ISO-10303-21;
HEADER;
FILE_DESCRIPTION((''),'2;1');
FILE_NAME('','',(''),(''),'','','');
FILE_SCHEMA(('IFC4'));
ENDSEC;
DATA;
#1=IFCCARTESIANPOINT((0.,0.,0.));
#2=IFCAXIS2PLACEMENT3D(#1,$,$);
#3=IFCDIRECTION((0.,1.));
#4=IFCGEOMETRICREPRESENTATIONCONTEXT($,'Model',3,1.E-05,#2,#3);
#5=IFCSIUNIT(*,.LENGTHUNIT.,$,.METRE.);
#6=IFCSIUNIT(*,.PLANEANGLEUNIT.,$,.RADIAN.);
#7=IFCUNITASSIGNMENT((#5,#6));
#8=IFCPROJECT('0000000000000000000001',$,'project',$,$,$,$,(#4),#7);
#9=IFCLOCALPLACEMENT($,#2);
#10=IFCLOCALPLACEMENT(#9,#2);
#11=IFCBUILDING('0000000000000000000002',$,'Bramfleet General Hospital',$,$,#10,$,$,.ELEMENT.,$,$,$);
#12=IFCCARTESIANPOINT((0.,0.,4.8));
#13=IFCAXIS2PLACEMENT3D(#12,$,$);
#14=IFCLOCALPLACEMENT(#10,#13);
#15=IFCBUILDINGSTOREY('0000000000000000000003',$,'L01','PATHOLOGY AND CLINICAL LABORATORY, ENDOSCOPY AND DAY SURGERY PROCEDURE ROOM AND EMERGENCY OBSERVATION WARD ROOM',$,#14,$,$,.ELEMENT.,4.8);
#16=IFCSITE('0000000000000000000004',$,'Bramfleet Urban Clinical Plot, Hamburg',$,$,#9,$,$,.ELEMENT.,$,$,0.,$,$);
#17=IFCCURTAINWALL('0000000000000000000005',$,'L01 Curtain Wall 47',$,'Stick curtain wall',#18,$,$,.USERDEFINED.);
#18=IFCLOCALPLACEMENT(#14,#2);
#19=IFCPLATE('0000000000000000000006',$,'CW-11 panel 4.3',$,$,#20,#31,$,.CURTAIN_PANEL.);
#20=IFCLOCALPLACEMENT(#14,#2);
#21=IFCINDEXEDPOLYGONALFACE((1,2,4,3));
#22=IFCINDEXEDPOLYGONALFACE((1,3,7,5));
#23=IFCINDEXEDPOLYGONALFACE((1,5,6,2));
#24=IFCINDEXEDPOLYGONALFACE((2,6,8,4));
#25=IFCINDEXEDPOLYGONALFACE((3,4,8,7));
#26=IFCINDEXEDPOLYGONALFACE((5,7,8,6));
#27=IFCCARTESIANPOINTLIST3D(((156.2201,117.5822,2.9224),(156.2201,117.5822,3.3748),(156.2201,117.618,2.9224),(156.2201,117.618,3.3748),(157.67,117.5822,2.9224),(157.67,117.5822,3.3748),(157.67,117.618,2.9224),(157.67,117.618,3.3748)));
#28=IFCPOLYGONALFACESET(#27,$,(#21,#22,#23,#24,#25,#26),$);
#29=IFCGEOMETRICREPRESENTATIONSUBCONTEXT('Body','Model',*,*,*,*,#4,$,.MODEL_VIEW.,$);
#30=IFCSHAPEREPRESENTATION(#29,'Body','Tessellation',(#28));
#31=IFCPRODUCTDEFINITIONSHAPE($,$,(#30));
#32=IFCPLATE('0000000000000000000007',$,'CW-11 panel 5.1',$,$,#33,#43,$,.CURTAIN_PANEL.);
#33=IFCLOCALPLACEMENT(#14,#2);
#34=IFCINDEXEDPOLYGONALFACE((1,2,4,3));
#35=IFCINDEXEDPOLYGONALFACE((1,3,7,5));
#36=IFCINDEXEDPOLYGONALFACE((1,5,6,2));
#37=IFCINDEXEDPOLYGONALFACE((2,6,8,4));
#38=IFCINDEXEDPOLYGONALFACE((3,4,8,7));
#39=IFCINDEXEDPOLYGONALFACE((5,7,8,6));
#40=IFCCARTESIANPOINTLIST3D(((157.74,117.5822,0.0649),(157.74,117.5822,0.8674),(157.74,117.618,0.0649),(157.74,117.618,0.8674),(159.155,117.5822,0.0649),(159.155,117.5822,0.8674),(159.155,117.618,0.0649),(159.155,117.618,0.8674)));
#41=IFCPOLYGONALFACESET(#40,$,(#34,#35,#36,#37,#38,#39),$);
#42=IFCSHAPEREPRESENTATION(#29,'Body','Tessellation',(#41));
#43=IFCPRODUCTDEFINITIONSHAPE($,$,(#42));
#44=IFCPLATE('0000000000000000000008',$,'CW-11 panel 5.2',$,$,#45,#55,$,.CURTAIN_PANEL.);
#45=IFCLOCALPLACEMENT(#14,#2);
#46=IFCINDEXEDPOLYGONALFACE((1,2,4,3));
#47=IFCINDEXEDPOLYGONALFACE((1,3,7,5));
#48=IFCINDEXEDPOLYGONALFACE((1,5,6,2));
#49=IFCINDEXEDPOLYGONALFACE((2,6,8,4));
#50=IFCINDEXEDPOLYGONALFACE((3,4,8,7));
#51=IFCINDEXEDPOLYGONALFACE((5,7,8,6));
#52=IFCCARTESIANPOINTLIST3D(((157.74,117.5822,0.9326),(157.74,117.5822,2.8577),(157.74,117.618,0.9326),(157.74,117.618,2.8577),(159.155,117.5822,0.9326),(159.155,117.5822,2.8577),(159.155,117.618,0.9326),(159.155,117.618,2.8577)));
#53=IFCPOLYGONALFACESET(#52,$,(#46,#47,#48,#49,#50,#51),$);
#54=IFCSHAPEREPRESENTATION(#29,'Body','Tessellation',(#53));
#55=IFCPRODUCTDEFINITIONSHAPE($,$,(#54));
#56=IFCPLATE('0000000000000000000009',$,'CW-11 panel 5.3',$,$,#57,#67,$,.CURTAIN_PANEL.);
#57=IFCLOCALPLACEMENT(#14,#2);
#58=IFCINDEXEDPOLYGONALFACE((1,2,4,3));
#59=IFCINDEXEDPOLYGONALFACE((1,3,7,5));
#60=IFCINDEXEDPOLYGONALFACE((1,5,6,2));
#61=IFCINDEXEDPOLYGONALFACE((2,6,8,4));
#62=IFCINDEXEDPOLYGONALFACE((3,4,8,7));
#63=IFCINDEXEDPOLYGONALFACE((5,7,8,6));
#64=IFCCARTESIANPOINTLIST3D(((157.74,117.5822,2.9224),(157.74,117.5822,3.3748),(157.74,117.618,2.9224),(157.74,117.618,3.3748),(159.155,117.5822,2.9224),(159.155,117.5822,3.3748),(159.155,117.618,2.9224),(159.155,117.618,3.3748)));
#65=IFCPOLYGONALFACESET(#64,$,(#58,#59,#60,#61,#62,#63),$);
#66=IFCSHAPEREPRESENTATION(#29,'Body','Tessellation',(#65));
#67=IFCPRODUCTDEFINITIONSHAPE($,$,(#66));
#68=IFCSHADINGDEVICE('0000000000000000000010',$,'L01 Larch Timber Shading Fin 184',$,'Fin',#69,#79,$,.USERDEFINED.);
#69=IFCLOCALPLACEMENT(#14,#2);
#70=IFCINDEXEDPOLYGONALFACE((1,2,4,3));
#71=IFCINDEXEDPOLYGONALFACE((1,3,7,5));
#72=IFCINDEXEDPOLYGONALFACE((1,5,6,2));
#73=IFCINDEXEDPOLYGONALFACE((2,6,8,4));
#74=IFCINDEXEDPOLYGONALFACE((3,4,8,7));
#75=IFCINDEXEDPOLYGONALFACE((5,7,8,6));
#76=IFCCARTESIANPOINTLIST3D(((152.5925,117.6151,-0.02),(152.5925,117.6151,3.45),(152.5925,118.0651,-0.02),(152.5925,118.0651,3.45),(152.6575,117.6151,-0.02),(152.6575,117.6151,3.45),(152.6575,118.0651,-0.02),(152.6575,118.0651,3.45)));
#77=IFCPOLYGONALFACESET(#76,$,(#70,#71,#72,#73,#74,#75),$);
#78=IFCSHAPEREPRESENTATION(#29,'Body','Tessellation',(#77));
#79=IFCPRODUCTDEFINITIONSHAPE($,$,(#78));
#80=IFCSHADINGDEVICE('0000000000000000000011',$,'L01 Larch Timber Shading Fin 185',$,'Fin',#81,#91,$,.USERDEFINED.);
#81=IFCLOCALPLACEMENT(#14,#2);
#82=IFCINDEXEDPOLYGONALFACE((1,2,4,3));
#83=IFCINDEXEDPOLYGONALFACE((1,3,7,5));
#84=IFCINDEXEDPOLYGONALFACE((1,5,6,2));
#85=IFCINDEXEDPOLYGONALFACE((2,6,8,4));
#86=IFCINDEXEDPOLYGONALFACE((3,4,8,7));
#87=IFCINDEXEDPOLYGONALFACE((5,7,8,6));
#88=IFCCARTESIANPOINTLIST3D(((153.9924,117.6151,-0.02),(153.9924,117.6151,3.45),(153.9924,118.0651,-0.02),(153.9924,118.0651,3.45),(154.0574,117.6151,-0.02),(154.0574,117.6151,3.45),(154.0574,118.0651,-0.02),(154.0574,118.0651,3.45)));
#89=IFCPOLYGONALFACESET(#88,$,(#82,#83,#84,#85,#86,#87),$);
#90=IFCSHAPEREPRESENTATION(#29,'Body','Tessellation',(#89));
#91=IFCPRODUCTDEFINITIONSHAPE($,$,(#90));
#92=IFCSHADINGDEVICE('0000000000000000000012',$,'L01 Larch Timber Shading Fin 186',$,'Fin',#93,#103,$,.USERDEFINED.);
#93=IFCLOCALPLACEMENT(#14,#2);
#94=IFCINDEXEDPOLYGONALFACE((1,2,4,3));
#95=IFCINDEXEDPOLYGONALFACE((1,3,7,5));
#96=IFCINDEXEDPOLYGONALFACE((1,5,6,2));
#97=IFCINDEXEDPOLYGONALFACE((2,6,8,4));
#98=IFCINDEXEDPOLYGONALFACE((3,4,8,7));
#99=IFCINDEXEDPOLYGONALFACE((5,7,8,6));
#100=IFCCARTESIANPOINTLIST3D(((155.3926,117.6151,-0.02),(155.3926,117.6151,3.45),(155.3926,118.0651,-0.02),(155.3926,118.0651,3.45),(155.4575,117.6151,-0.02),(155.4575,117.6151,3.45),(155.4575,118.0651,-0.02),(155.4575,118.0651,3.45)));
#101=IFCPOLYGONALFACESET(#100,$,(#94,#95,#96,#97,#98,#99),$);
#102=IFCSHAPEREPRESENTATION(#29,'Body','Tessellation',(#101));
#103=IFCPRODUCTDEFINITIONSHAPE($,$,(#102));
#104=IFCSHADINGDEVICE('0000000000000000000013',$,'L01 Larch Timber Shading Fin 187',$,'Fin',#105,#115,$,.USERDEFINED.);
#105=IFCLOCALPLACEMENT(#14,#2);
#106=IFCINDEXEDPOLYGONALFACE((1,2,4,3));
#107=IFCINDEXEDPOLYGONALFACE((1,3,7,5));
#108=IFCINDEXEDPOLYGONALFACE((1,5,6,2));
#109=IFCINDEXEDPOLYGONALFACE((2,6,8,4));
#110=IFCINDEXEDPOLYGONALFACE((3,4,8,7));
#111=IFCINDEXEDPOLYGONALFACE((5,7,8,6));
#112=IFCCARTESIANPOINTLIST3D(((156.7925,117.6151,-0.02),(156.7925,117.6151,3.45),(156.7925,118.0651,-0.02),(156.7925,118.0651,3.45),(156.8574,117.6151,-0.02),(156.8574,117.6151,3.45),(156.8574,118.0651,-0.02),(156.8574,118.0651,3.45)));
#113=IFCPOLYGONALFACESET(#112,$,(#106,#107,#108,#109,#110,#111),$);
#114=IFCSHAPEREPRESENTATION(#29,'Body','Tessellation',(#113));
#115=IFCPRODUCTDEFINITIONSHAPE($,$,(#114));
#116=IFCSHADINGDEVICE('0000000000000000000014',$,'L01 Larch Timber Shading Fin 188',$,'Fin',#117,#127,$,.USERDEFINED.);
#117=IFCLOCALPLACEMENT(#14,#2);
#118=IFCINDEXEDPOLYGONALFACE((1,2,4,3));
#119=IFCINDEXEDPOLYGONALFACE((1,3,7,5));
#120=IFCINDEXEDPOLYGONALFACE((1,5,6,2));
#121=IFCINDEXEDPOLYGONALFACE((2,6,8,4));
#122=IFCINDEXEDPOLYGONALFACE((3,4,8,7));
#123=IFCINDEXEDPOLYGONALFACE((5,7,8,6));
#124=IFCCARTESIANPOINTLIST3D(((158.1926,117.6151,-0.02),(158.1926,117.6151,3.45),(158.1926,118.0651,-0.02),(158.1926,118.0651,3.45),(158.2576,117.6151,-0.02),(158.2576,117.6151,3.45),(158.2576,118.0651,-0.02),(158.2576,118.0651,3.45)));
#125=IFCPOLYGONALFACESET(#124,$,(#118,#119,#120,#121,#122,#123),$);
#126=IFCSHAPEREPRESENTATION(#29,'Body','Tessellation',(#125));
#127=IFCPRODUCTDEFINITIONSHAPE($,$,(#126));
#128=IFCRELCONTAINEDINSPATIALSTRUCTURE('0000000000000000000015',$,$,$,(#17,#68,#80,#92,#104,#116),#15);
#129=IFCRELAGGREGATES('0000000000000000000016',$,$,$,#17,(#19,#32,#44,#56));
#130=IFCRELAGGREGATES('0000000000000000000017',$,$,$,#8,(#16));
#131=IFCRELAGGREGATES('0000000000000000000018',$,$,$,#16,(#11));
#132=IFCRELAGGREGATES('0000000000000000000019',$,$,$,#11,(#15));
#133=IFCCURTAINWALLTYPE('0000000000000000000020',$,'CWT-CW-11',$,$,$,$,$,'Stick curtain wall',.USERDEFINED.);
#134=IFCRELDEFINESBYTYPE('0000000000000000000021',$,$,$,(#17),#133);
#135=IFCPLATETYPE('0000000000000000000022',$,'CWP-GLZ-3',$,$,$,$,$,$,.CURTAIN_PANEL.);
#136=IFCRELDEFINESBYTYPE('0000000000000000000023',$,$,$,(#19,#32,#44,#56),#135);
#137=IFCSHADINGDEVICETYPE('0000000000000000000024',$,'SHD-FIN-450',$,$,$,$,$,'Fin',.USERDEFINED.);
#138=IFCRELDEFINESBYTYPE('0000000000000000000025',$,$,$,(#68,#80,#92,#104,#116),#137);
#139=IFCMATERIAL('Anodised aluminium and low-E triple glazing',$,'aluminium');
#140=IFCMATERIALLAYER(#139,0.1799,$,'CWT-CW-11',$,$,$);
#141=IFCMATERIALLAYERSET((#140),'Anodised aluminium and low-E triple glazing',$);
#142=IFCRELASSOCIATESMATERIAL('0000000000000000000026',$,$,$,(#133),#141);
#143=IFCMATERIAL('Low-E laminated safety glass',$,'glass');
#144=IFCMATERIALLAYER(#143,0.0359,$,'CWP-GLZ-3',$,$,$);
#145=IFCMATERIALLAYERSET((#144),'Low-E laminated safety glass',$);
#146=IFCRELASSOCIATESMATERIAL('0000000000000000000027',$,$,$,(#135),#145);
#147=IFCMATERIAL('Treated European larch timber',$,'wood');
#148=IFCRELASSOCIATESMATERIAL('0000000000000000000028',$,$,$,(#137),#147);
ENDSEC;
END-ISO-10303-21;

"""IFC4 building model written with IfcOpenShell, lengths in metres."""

from ifc_helpers import new_model, si_unit, direction, frame, origin, origin_2d, place, context, subcontext, project, spatial, rectangle, extrude, material, layer, layer_set, material_profile, profile_set, type_object, element, aggregate, save


model = new_model("IFC4")

# Units and contexts
model_context = context("Model", 3, precision=1e-05, world=origin(), true_north=direction((0.0, 1.0)))
body_context = subcontext(model_context, "Body", "Model", "MODEL_VIEW")
ifc_project = project(units=[si_unit("LENGTHUNIT", "METRE"), si_unit("PLANEANGLEUNIT", "RADIAN")], contexts=[model_context])

# Site, building, storey
site_placement = place(None, origin())
site = spatial("IfcSite", under=ifc_project, at=site_placement, Name="Bramfleet Urban Clinical Plot, Hamburg", CompositionType="ELEMENT", RefElevation=0.0)
building_placement = place(site_placement, origin())
building = spatial("IfcBuilding", under=site, at=building_placement, Name="Bramfleet General Hospital", CompositionType="ELEMENT")
storey_placement = place(building_placement, frame((0.0, 0.0, 4.8)))
storey = spatial("IfcBuildingStorey", under=building, at=storey_placement, Name="L01", Description="PATHOLOGY AND CLINICAL LABORATORY, ENDOSCOPY AND DAY SURGERY PROCEDURE ROOM AND EMERGENCY OBSERVATION WARD ROOM", CompositionType="ELEMENT", Elevation=4.8)

# Curtain wall
ifc_material_1 = material(Name="Anodised aluminium and low-E triple glazing", Category="aluminium")
ifc_layer_1 = layer(ifc_material_1, 0.1799, Name="CWT-CW-11")
ifc_layer_set_1 = layer_set([ifc_layer_1], Name="Anodised aluminium and low-E triple glazing")
curtain_wall_type_1 = type_object("IfcCurtainWallType", Name="CWT-CW-11", ElementType="Stick curtain wall", PredefinedType="USERDEFINED", material=ifc_layer_set_1)
curtain_wall_1_placement = place(storey_placement, origin())
curtain_wall_1 = element("IfcCurtainWall", 1, at=curtain_wall_1_placement, inside=storey, type_object=curtain_wall_type_1, Name="L01 Curtain Wall 47", ObjectType="Stick curtain wall", PredefinedType="USERDEFINED")

# Plates
ifc_material_2 = material(Name="Low-E laminated safety glass", Category="glass")
ifc_layer_2 = layer(ifc_material_2, 0.0359, Name="CWP-GLZ-3")
ifc_layer_set_2 = layer_set([ifc_layer_2], Name="Low-E laminated safety glass")
plate_type = type_object("IfcPlateType", Name="CWP-GLZ-3", PredefinedType="CURTAIN_PANEL", material=ifc_layer_set_2)
plate_1_placement = place(storey_placement, frame((156.9451, 117.6001, 2.9224), z_axis=(0.0, 0.0, 1.0), x_axis=(1.0, 0.0, 0.0)))
plate_1 = element("IfcPlate", 2, at=plate_1_placement, type_object=plate_type, Name="CW-11 panel 4.3", PredefinedType="CURTAIN_PANEL", context=body_context, shape_type="SweptSolid", body=[
    extrude(rectangle(XDim=1.45, YDim=0.0359, at=origin_2d()), origin(), (0.0, 0.0, 1.0), 0.4524),
])
plate_2_placement = place(storey_placement, frame((158.4475, 117.6001, 0.0649), z_axis=(0.0, 0.0, 1.0), x_axis=(1.0, 0.0, 0.0)))
plate_2 = element("IfcPlate", 3, at=plate_2_placement, type_object=plate_type, Name="CW-11 panel 5.1", PredefinedType="CURTAIN_PANEL", context=body_context, shape_type="SweptSolid", body=[
    extrude(rectangle(XDim=1.415, YDim=0.0359, at=origin_2d()), origin(), (0.0, 0.0, 1.0), 0.8025),
])
plate_3_placement = place(storey_placement, frame((158.4475, 117.6001, 0.9326), z_axis=(0.0, 0.0, 1.0), x_axis=(1.0, 0.0, 0.0)))
plate_3 = element("IfcPlate", 4, at=plate_3_placement, type_object=plate_type, Name="CW-11 panel 5.2", PredefinedType="CURTAIN_PANEL", context=body_context, shape_type="SweptSolid", body=[
    extrude(rectangle(XDim=1.415, YDim=0.0359, at=origin_2d()), origin(), (0.0, 0.0, 1.0), 1.925),
])
plate_4_placement = place(storey_placement, frame((158.4475, 117.6001, 2.9224), z_axis=(0.0, 0.0, 1.0), x_axis=(1.0, 0.0, 0.0)))
plate_4 = element("IfcPlate", 5, at=plate_4_placement, type_object=plate_type, Name="CW-11 panel 5.3", PredefinedType="CURTAIN_PANEL", context=body_context, shape_type="SweptSolid", body=[
    extrude(rectangle(XDim=1.415, YDim=0.0359, at=origin_2d()), origin(), (0.0, 0.0, 1.0), 0.4524),
])
aggregate(curtain_wall_1, [plate_1, plate_2, plate_3, plate_4])

# Shading devices
ifc_material_3 = material(Name="Treated European larch timber", Category="wood")
ifc_material_profile_1 = material_profile(ifc_material_3, rectangle(XDim=0.0649, YDim=0.45, at=origin_2d()), Name="LARCH FIN 450x65")
ifc_profile_set_1 = profile_set([ifc_material_profile_1], Name="Treated European larch timber")
shading_device_type = type_object("IfcShadingDeviceType", Name="SHD-FIN-450", ElementType="Fin", PredefinedType="USERDEFINED", material=ifc_profile_set_1)
for number, where, z_axis, x_axis, name in (
    (6, (152.625, 117.8401, -0.02), (0.0, 0.0, 1.0), (1.0, 0.0, 0.0), "L01 Larch Timber Shading Fin 184"),
    (7, (154.0249, 117.8401, -0.02), (0.0, 0.0, 1.0), (1.0, 0.0, 0.0), "L01 Larch Timber Shading Fin 185"),
    (8, (155.425, 117.8401, -0.02), (0.0, 0.0, 1.0), (1.0, 0.0, 0.0), "L01 Larch Timber Shading Fin 186"),
    (9, (156.825, 117.8401, -0.02), (0.0, 0.0, 1.0), (1.0, 0.0, 0.0), "L01 Larch Timber Shading Fin 187"),
    (10, (158.2251, 117.8401, -0.02), (0.0, 0.0, 1.0), (1.0, 0.0, 0.0), "L01 Larch Timber Shading Fin 188"),
):
    element("IfcShadingDevice", number, at=place(storey_placement, frame(where, z_axis=z_axis, x_axis=x_axis)), inside=storey, type_object=shading_device_type, Name=name, ObjectType="Fin", PredefinedType="USERDEFINED", context=body_context, shape_type="SweptSolid", body=[
        extrude(rectangle(XDim=0.0649, YDim=0.45, at=origin_2d()), origin(), (0.0, 0.0, 1.0), 3.47),
    ])

save(model, "model.ifc")
